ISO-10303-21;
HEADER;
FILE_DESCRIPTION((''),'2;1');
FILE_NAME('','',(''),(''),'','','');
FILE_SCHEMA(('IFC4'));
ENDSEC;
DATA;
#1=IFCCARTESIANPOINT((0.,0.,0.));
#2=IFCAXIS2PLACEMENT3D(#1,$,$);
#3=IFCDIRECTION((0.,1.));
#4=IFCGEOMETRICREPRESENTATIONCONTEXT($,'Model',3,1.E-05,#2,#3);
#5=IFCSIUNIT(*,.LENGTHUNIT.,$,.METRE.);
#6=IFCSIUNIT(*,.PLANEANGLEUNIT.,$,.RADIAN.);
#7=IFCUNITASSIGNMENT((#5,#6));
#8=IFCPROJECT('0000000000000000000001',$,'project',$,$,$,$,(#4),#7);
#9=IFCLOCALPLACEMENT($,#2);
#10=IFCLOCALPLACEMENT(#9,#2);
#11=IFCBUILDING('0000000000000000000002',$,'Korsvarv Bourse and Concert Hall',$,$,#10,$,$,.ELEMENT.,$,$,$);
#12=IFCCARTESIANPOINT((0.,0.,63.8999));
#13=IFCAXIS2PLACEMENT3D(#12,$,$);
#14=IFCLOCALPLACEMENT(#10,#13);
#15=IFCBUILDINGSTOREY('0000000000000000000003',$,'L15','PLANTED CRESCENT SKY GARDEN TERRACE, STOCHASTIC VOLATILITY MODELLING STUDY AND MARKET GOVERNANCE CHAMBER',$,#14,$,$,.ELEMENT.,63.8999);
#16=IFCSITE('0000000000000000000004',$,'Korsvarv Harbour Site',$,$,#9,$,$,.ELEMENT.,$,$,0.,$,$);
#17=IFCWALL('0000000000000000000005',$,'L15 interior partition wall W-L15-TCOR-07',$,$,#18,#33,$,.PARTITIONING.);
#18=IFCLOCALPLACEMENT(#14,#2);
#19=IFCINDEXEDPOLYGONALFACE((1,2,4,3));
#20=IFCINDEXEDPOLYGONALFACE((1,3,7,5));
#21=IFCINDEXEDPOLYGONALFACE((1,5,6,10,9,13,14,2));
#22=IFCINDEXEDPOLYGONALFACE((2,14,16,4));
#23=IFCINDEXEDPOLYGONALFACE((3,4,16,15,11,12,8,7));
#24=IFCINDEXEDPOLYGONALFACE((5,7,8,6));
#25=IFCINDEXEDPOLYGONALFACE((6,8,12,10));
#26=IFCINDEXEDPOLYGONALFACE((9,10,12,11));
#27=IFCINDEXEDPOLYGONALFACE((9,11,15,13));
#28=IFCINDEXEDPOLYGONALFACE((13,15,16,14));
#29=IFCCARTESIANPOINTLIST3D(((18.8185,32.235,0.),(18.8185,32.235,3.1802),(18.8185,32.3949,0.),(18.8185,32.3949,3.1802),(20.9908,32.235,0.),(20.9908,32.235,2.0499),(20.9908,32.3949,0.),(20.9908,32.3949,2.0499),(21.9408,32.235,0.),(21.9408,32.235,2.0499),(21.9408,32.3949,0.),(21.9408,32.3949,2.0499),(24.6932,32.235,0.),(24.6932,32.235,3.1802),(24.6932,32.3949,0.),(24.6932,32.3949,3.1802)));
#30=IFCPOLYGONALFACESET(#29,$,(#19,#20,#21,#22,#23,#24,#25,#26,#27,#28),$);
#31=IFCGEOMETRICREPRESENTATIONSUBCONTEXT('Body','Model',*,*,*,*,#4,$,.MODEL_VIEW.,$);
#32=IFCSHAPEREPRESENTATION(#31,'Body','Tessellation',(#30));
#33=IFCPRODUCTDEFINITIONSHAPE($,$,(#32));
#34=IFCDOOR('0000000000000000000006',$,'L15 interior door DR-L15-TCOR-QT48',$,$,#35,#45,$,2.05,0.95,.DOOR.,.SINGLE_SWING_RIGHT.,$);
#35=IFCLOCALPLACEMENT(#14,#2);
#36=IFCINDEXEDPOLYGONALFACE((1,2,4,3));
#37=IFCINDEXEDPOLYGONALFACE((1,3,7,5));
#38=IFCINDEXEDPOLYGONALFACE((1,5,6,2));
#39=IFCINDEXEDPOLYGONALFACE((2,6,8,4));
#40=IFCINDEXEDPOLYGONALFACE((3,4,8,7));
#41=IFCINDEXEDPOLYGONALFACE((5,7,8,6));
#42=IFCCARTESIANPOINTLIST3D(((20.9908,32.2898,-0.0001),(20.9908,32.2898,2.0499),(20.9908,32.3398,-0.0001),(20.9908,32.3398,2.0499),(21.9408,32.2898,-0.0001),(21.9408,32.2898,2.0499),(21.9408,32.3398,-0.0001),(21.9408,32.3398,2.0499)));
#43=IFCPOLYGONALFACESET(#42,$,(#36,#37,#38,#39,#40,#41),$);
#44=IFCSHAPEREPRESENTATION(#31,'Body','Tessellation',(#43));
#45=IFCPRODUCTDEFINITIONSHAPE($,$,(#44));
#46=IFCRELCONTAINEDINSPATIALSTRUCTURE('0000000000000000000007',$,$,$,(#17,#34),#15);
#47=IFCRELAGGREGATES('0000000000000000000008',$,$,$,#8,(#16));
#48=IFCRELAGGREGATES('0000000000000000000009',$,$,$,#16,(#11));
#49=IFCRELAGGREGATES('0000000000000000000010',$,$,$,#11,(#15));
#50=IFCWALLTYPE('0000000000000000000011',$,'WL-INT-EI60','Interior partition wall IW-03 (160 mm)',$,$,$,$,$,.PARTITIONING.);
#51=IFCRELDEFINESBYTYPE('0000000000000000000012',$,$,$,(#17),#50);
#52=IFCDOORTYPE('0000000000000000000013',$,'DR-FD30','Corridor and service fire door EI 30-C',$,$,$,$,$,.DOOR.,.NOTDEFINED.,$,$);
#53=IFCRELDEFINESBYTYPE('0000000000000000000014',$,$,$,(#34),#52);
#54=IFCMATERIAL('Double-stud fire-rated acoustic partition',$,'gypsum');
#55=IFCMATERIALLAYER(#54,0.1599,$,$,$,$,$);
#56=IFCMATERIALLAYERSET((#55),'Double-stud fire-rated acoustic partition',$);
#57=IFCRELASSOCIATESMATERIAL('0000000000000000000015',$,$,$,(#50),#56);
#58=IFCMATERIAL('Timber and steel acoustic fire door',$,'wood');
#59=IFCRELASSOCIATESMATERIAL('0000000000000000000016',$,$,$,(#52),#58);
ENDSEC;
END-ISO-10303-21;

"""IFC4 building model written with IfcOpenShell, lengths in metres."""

from ifc_helpers import new_model, si_unit, direction, frame, frame_2d, origin, place, context, subcontext, project, spatial, rectangle, extrude, material, layer, layer_set, type_object, element, fill, save


model = new_model("IFC4")

# Units and contexts
model_context = context("Model", 3, precision=1e-05, world=origin(), true_north=direction((0.0, 1.0)))
body_context = subcontext(model_context, "Body", "Model", "MODEL_VIEW")
ifc_project = project(units=[si_unit("LENGTHUNIT", "METRE"), si_unit("PLANEANGLEUNIT", "RADIAN")], contexts=[model_context])

# Site, building, storey
site_placement = place(None, origin())
site = spatial("IfcSite", under=ifc_project, at=site_placement, Name="Korsvarv Harbour Site", CompositionType="ELEMENT", RefElevation=0.0)
building_placement = place(site_placement, origin())
building = spatial("IfcBuilding", under=site, at=building_placement, Name="Korsvarv Bourse and Concert Hall", CompositionType="ELEMENT")
storey_placement = place(building_placement, frame((0.0, 0.0, 63.8999)))
storey = spatial("IfcBuildingStorey", under=building, at=storey_placement, Name="L15", Description="PLANTED CRESCENT SKY GARDEN TERRACE, STOCHASTIC VOLATILITY MODELLING STUDY AND MARKET GOVERNANCE CHAMBER", CompositionType="ELEMENT", Elevation=63.8999)

# Shared definitions
ifc_material_1 = material(Name="Double-stud fire-rated acoustic partition", Category="gypsum")
ifc_layer_1 = layer(ifc_material_1, 0.1599)
ifc_layer_set_1 = layer_set([ifc_layer_1], Name="Double-stud fire-rated acoustic partition")
wall_type = type_object("IfcWallType", Name="WL-INT-EI60", Description="Interior partition wall IW-03 (160 mm)", PredefinedType="PARTITIONING", material=ifc_layer_set_1)
ifc_material_2 = material(Name="Timber and steel acoustic fire door", Category="wood")
door_type = type_object("IfcDoorType", Name="DR-FD30", Description="Corridor and service fire door EI 30-C", OperationType="NOTDEFINED", PredefinedType="DOOR", material=ifc_material_2)

# Wall, opening, door
wall_1_placement = place(storey_placement, frame((18.8184, 32.3149, 0.0), z_axis=(0.0, 0.0, 1.0), x_axis=(1.0, 0.0, 0.0)))
wall_1 = element("IfcWall", 1, at=wall_1_placement, inside=storey, type_object=wall_type, Name="L15 interior partition wall W-L15-TCOR-07", PredefinedType="PARTITIONING", context=body_context, shape_type="SweptSolid", body=[
    extrude(rectangle(XDim=5.8748, YDim=0.1599, at=frame_2d((2.9375, 0.0))), origin(), (0.0, 0.0, 1.0), 3.1802),
])
opening_1_placement = place(wall_1_placement, frame((2.1724, 0.0, 0.0)))
opening_1 = element("IfcOpeningElement", 2, at=opening_1_placement, cuts=wall_1, PredefinedType="OPENING", context=body_context, shape_type="SweptSolid", body=[
    extrude(rectangle(XDim=0.95, YDim=2.05, at=frame_2d((0.4751, 1.0249))), frame((0.0, 0.0898, 0.0), z_axis=(0.0, -1.0, 0.0), x_axis=(1.0, 0.0, 0.0)), (0.0, 0.0, 1.0), 0.1799),
])
door_1_placement = place(opening_1_placement, origin())
door_1 = element("IfcDoor", 3, at=door_1_placement, inside=storey, type_object=door_type, Name="L15 interior door DR-L15-TCOR-QT48", OperationType="SINGLE_SWING_RIGHT", OverallHeight=2.05, OverallWidth=0.95, PredefinedType="DOOR", context=body_context, shape_type="SweptSolid", body=[
    extrude(rectangle(XDim=0.95, YDim=2.05, at=frame_2d((0.4751, 1.0249))), frame((0.0, 0.0249, 0.0), z_axis=(0.0, -1.0, 0.0), x_axis=(1.0, 0.0, 0.0)), (0.0, 0.0, 1.0), 0.05),
])
fill(opening_1, door_1)

save(model, "model.ifc")
